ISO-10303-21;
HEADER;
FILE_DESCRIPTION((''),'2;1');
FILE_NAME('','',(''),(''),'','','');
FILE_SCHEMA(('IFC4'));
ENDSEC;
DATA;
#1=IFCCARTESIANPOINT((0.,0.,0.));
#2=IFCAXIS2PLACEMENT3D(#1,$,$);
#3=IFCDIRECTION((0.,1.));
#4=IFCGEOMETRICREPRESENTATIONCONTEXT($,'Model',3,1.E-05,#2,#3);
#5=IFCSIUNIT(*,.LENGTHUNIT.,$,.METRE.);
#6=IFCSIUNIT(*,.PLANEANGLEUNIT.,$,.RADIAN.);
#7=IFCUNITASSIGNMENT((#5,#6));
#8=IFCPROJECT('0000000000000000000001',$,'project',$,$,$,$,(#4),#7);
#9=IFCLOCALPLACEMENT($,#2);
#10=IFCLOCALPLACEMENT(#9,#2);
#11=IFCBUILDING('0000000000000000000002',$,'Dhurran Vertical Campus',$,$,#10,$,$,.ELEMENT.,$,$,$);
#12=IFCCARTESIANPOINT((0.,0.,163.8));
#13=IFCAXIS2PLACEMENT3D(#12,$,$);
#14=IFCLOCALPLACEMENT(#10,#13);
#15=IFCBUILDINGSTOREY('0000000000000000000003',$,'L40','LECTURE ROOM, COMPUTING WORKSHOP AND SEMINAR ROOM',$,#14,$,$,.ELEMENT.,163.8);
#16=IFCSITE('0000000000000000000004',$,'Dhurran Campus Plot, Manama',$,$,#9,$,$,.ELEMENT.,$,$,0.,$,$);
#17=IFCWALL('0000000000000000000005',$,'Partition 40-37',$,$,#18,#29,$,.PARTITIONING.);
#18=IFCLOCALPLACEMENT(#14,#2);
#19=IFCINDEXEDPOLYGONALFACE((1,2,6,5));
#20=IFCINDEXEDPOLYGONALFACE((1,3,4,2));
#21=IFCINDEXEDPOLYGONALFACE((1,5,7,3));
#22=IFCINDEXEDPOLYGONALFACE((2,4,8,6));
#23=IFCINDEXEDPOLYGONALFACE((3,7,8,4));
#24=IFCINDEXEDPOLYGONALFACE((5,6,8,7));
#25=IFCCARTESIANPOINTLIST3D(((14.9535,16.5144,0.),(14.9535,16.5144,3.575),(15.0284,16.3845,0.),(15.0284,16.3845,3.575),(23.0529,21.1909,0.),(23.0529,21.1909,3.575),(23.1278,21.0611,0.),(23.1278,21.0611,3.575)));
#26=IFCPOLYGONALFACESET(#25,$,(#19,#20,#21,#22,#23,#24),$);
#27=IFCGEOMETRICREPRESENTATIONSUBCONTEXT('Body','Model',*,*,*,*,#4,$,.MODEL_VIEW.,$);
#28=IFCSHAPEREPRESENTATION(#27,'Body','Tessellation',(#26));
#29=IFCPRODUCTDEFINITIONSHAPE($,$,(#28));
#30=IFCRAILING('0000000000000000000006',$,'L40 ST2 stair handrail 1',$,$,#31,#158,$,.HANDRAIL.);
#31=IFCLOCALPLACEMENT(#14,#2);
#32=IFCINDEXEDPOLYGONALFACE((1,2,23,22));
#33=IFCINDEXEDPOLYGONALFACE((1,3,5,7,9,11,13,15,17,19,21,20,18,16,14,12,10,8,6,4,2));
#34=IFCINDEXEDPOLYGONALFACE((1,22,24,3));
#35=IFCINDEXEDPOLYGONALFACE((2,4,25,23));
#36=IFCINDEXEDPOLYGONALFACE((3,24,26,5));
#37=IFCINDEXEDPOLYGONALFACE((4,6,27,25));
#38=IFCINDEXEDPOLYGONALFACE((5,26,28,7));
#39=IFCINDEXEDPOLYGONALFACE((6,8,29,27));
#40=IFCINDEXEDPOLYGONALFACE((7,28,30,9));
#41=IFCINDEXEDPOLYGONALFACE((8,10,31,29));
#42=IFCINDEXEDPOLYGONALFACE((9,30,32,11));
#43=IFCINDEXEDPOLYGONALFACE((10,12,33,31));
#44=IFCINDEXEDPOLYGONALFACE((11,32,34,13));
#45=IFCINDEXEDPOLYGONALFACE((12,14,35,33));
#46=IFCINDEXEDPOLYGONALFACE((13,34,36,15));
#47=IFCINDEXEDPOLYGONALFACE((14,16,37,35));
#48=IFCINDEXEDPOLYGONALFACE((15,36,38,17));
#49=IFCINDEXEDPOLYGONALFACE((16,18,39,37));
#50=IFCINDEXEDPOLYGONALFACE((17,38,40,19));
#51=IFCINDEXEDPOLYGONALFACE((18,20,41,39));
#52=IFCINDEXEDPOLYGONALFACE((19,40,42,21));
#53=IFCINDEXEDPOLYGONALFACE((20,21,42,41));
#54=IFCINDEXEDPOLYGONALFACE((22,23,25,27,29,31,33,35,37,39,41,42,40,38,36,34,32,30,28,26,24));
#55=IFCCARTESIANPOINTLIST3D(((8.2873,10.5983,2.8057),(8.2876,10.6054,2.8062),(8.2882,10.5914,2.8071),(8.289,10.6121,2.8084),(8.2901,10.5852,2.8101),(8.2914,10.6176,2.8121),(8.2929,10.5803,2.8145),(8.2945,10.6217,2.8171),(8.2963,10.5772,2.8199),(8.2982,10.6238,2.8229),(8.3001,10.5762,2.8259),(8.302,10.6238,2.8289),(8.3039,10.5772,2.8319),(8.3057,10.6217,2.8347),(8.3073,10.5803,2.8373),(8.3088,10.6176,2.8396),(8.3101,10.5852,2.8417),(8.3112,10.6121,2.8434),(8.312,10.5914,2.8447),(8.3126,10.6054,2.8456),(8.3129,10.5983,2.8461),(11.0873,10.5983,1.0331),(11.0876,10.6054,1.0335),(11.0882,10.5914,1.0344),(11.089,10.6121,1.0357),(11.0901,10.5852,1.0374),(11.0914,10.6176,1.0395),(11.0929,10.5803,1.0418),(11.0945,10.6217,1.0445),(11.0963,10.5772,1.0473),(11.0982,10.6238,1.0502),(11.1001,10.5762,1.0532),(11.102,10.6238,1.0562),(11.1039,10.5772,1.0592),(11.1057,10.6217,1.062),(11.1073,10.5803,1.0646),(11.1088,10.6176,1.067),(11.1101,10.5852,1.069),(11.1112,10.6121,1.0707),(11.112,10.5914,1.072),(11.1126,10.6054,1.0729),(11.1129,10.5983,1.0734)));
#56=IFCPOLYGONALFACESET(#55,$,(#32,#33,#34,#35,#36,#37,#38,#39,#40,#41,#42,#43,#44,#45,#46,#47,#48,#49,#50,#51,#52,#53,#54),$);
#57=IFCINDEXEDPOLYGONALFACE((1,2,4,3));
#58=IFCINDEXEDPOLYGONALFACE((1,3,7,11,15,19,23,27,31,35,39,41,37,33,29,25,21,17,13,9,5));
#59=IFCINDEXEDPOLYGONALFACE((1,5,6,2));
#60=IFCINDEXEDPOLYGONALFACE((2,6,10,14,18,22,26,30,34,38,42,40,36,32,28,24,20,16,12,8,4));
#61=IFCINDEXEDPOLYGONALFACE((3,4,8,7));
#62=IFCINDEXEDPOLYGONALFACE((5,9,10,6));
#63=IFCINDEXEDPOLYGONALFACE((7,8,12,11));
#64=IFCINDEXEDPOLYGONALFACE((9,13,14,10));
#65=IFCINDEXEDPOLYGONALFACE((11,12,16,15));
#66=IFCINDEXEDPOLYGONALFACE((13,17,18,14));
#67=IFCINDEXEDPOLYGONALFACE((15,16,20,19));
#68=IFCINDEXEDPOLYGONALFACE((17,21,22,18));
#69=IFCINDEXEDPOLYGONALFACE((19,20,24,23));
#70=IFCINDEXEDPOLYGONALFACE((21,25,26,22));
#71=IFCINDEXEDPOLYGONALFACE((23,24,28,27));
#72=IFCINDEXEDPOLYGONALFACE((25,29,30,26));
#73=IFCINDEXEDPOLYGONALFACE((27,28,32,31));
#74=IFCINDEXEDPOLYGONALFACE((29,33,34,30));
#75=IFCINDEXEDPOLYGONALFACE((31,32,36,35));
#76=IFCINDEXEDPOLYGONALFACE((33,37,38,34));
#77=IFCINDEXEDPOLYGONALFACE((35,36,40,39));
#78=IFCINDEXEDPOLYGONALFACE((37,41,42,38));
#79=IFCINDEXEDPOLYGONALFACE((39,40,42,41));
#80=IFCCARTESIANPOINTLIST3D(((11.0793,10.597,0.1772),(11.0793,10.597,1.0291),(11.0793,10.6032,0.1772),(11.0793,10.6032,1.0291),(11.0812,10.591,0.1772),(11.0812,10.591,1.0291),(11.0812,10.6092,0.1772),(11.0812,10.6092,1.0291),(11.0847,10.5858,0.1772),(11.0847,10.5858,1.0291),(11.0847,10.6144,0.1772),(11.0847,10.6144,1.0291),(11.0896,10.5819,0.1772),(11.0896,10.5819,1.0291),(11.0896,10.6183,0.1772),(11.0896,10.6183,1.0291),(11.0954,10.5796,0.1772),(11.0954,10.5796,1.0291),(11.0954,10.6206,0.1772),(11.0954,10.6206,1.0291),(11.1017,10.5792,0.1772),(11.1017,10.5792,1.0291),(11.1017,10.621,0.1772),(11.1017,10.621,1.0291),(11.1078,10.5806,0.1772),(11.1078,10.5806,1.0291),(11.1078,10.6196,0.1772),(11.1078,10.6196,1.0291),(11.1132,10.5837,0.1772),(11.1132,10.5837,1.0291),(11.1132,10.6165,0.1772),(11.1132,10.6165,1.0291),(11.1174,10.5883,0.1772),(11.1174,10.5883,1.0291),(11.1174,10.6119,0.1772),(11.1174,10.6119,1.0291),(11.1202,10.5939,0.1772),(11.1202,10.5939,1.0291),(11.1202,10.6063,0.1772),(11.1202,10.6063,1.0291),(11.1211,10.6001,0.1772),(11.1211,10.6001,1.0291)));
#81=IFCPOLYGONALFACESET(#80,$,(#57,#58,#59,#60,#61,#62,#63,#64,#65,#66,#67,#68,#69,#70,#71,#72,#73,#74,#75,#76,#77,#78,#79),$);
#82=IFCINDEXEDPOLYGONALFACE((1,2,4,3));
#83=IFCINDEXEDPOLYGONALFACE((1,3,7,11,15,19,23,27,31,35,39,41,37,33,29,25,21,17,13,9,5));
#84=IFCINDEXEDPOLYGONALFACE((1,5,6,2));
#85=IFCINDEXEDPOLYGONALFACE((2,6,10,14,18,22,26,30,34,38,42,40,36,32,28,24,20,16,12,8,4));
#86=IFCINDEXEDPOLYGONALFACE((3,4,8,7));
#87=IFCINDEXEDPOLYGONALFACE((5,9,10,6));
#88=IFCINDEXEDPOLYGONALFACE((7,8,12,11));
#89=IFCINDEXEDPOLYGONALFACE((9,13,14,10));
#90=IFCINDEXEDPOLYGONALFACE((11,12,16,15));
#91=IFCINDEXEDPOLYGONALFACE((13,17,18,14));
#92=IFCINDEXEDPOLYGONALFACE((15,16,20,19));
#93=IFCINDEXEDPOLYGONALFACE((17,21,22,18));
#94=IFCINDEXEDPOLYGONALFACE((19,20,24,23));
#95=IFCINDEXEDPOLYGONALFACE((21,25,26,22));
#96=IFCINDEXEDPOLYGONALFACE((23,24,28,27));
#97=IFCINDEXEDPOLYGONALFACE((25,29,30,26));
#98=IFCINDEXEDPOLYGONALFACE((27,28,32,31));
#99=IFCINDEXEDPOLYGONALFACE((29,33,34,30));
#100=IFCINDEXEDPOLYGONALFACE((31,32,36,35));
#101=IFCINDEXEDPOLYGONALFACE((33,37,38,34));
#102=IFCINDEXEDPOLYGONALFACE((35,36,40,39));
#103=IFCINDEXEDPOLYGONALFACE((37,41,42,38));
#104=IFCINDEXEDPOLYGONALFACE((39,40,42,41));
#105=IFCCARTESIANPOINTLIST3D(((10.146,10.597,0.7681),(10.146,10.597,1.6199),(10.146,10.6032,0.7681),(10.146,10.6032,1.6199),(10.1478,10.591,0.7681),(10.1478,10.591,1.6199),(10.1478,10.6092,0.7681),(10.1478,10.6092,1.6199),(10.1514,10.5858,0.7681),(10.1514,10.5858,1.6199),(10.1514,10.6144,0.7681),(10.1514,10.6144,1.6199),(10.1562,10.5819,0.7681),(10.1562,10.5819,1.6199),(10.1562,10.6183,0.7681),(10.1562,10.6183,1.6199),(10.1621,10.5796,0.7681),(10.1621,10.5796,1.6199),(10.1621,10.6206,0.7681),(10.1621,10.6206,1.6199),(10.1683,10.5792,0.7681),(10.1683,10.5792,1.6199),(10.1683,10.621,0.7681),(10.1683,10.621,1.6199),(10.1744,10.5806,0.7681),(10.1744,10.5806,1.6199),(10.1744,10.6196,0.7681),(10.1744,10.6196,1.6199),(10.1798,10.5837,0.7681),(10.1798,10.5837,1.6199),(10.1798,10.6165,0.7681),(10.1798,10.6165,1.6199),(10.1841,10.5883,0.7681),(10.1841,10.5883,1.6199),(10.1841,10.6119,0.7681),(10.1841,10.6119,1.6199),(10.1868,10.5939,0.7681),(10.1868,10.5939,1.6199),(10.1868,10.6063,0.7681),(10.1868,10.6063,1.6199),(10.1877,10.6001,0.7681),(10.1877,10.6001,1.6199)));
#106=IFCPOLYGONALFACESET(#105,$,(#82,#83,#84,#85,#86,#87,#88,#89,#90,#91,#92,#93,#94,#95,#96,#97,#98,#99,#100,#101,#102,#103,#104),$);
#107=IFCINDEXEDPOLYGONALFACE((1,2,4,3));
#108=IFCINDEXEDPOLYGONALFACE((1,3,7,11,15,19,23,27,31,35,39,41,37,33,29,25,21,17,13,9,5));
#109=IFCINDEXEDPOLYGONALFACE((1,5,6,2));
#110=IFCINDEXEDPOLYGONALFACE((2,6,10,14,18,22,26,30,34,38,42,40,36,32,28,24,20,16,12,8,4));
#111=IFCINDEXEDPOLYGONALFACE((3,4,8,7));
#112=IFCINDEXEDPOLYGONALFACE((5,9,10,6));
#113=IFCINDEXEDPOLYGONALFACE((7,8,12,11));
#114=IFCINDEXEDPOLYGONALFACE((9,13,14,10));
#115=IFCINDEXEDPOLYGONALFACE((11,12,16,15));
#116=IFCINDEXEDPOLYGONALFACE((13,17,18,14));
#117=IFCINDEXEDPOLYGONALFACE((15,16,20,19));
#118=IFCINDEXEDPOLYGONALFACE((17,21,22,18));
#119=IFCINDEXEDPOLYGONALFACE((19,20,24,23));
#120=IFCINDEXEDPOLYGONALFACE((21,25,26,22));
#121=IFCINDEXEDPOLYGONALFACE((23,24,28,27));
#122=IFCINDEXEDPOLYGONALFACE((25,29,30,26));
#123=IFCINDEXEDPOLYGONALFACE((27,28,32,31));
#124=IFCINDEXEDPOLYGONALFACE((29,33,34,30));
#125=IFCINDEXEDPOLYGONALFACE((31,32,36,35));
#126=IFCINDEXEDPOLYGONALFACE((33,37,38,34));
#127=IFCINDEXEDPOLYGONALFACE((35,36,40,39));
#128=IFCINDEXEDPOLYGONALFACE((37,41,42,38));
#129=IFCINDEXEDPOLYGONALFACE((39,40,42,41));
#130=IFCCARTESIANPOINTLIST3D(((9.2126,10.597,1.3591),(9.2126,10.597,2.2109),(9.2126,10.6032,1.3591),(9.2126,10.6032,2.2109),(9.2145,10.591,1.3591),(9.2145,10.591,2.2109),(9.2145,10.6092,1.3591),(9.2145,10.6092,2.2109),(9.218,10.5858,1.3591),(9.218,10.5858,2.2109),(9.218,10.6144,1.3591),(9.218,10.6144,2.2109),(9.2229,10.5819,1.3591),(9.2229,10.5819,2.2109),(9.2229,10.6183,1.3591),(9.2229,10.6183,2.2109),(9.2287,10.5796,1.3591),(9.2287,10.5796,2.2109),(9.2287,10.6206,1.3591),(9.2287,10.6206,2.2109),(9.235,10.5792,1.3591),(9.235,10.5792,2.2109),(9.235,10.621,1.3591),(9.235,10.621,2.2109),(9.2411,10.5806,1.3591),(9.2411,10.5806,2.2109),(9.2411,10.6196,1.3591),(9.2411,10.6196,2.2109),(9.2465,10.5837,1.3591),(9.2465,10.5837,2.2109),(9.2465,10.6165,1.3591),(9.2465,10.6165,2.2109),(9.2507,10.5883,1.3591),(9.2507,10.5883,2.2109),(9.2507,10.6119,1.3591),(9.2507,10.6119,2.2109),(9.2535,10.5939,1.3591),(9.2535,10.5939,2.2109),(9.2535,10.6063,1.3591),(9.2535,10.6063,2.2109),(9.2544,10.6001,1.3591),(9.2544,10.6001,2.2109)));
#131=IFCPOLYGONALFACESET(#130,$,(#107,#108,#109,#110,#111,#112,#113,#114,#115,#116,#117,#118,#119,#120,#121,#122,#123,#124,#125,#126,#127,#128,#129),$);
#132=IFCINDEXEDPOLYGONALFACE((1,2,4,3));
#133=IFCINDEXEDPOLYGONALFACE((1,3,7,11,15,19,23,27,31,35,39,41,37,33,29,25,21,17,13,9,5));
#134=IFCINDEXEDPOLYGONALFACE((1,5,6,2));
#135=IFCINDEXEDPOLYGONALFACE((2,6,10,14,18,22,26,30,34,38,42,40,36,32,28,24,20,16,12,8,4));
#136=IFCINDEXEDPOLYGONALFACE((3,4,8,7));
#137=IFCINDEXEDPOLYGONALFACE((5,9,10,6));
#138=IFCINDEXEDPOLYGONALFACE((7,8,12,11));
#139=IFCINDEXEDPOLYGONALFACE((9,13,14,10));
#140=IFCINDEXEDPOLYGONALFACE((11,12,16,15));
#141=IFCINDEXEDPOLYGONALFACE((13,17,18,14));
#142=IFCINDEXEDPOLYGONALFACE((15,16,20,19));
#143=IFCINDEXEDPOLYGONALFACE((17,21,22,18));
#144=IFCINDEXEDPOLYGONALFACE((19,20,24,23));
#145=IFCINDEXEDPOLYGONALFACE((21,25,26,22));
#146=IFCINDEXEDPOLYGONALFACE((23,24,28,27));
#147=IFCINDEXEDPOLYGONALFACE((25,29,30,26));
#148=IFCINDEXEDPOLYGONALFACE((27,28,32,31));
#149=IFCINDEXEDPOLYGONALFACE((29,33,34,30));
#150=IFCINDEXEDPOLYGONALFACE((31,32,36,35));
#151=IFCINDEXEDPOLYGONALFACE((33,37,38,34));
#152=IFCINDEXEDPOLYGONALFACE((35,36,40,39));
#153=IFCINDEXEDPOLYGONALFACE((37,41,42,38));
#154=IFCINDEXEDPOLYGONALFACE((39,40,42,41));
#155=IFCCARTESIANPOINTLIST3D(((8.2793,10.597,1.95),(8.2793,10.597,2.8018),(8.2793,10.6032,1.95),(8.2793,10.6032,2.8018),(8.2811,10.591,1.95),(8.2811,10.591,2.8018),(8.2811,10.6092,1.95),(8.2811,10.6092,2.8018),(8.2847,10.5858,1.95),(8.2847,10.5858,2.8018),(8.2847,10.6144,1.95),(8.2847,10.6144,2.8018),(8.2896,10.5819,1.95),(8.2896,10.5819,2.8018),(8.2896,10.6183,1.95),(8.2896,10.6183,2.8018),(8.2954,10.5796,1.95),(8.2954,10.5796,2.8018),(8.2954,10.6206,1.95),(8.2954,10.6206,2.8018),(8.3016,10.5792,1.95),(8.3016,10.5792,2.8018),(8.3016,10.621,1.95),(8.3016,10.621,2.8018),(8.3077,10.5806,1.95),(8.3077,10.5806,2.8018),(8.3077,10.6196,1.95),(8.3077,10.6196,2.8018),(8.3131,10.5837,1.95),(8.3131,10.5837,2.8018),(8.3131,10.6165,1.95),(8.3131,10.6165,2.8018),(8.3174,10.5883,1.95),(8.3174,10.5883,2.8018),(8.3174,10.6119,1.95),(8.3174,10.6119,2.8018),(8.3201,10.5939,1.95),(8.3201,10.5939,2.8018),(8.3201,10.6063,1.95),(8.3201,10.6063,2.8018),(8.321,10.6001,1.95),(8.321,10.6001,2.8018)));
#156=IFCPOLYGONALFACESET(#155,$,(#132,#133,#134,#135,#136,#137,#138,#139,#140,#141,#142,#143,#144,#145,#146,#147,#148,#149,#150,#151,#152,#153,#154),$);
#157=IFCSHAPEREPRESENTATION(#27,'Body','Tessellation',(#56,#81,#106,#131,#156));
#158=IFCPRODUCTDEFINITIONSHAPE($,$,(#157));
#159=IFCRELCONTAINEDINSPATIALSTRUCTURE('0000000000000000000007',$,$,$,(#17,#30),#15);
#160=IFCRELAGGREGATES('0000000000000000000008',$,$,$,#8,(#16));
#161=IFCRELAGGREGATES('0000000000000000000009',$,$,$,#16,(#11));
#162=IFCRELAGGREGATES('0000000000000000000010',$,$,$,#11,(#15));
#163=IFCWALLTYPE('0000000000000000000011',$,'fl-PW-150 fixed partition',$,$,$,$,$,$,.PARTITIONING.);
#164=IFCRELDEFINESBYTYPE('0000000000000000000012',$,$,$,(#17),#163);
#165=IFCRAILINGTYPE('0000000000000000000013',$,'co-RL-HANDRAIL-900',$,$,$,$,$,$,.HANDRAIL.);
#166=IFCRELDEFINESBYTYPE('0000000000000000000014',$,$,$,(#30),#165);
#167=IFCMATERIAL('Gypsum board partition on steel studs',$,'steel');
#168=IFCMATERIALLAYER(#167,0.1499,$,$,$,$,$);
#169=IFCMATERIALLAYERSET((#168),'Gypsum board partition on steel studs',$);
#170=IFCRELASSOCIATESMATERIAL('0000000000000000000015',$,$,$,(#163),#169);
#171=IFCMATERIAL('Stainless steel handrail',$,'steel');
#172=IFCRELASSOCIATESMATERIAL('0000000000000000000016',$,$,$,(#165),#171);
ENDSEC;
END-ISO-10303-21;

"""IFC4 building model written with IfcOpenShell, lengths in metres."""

from ifc_helpers import new_model, si_unit, direction, frame, frame_2d, origin, origin_2d, place, context, subcontext, project, spatial, rectangle, circle, extrude, material, layer, layer_set, type_object, element, save


model = new_model("IFC4")

# Units and contexts
model_context = context("Model", 3, precision=1e-05, world=origin(), true_north=direction((0.0, 1.0)))
body_context = subcontext(model_context, "Body", "Model", "MODEL_VIEW")
ifc_project = project(units=[si_unit("LENGTHUNIT", "METRE"), si_unit("PLANEANGLEUNIT", "RADIAN")], contexts=[model_context])

# Site, building, storey
site_placement = place(None, origin())
site = spatial("IfcSite", under=ifc_project, at=site_placement, Name="Dhurran Campus Plot, Manama", CompositionType="ELEMENT", RefElevation=0.0)
building_placement = place(site_placement, origin())
building = spatial("IfcBuilding", under=site, at=building_placement, Name="Dhurran Vertical Campus", CompositionType="ELEMENT")
storey_placement = place(building_placement, frame((0.0, 0.0, 163.8)))
storey = spatial("IfcBuildingStorey", under=building, at=storey_placement, Name="L40", Description="LECTURE ROOM, COMPUTING WORKSHOP AND SEMINAR ROOM", CompositionType="ELEMENT", Elevation=163.8)

# Wall
ifc_material_1 = material(Name="Gypsum board partition on steel studs", Category="steel")
ifc_layer_1 = layer(ifc_material_1, 0.1499)
ifc_layer_set_1 = layer_set([ifc_layer_1], Name="Gypsum board partition on steel studs")
wall_type_1 = type_object("IfcWallType", Name="fl-PW-150 fixed partition", PredefinedType="PARTITIONING", material=ifc_layer_set_1)
wall_1_placement = place(storey_placement, frame((23.0903, 21.126, 0.0), z_axis=(0.0, 0.0, 1.0), x_axis=(-0.86601, -0.500028, 0.0)))
element("IfcWall", 1, at=wall_1_placement, inside=storey, type_object=wall_type_1, Name="Partition 40-37", PredefinedType="PARTITIONING", context=body_context, shape_type="SweptSolid", body=[
    extrude(rectangle(XDim=9.3525, YDim=0.1499, at=frame_2d((4.6763, 0.0))), origin(), (0.0, 0.0, 1.0), 3.575),
])

# Railing
ifc_material_2 = material(Name="Stainless steel handrail", Category="steel")
railing_type = type_object("IfcRailingType", Name="co-RL-HANDRAIL-900", PredefinedType="HANDRAIL", material=ifc_material_2)
railing_placement = place(storey_placement, frame((11.1001, 10.6001, 0.1772)))
element("IfcRailing", 2, at=railing_placement, inside=storey, type_object=railing_type, Name="L40 ST2 stair handrail 1", PredefinedType="HANDRAIL", context=body_context, shape_type="SweptSolid", body=[
    extrude(circle(Radius=0.0239, at=origin_2d()), frame((0.0, 0.0, 0.876), z_axis=(-0.844909, 0.0, 0.53491), x_axis=(0.0, -1.0, 0.0)), (0.0, 0.0, 1.0), 3.314),
    extrude(circle(Radius=0.021, at=origin_2d()), origin(), (0.0, 0.0, 1.0), 0.8518),
    extrude(circle(Radius=0.021, at=origin_2d()), frame((-0.9333, 0.0, 0.5908)), (0.0, 0.0, 1.0), 0.8518),
    extrude(circle(Radius=0.021, at=origin_2d()), frame((-1.8667, 0.0, 1.1819)), (0.0, 0.0, 1.0), 0.8518),
    extrude(circle(Radius=0.021, at=origin_2d()), frame((-2.8, 0.0, 1.7727)), (0.0, 0.0, 1.0), 0.8518),
])

save(model, "model.ifc")
